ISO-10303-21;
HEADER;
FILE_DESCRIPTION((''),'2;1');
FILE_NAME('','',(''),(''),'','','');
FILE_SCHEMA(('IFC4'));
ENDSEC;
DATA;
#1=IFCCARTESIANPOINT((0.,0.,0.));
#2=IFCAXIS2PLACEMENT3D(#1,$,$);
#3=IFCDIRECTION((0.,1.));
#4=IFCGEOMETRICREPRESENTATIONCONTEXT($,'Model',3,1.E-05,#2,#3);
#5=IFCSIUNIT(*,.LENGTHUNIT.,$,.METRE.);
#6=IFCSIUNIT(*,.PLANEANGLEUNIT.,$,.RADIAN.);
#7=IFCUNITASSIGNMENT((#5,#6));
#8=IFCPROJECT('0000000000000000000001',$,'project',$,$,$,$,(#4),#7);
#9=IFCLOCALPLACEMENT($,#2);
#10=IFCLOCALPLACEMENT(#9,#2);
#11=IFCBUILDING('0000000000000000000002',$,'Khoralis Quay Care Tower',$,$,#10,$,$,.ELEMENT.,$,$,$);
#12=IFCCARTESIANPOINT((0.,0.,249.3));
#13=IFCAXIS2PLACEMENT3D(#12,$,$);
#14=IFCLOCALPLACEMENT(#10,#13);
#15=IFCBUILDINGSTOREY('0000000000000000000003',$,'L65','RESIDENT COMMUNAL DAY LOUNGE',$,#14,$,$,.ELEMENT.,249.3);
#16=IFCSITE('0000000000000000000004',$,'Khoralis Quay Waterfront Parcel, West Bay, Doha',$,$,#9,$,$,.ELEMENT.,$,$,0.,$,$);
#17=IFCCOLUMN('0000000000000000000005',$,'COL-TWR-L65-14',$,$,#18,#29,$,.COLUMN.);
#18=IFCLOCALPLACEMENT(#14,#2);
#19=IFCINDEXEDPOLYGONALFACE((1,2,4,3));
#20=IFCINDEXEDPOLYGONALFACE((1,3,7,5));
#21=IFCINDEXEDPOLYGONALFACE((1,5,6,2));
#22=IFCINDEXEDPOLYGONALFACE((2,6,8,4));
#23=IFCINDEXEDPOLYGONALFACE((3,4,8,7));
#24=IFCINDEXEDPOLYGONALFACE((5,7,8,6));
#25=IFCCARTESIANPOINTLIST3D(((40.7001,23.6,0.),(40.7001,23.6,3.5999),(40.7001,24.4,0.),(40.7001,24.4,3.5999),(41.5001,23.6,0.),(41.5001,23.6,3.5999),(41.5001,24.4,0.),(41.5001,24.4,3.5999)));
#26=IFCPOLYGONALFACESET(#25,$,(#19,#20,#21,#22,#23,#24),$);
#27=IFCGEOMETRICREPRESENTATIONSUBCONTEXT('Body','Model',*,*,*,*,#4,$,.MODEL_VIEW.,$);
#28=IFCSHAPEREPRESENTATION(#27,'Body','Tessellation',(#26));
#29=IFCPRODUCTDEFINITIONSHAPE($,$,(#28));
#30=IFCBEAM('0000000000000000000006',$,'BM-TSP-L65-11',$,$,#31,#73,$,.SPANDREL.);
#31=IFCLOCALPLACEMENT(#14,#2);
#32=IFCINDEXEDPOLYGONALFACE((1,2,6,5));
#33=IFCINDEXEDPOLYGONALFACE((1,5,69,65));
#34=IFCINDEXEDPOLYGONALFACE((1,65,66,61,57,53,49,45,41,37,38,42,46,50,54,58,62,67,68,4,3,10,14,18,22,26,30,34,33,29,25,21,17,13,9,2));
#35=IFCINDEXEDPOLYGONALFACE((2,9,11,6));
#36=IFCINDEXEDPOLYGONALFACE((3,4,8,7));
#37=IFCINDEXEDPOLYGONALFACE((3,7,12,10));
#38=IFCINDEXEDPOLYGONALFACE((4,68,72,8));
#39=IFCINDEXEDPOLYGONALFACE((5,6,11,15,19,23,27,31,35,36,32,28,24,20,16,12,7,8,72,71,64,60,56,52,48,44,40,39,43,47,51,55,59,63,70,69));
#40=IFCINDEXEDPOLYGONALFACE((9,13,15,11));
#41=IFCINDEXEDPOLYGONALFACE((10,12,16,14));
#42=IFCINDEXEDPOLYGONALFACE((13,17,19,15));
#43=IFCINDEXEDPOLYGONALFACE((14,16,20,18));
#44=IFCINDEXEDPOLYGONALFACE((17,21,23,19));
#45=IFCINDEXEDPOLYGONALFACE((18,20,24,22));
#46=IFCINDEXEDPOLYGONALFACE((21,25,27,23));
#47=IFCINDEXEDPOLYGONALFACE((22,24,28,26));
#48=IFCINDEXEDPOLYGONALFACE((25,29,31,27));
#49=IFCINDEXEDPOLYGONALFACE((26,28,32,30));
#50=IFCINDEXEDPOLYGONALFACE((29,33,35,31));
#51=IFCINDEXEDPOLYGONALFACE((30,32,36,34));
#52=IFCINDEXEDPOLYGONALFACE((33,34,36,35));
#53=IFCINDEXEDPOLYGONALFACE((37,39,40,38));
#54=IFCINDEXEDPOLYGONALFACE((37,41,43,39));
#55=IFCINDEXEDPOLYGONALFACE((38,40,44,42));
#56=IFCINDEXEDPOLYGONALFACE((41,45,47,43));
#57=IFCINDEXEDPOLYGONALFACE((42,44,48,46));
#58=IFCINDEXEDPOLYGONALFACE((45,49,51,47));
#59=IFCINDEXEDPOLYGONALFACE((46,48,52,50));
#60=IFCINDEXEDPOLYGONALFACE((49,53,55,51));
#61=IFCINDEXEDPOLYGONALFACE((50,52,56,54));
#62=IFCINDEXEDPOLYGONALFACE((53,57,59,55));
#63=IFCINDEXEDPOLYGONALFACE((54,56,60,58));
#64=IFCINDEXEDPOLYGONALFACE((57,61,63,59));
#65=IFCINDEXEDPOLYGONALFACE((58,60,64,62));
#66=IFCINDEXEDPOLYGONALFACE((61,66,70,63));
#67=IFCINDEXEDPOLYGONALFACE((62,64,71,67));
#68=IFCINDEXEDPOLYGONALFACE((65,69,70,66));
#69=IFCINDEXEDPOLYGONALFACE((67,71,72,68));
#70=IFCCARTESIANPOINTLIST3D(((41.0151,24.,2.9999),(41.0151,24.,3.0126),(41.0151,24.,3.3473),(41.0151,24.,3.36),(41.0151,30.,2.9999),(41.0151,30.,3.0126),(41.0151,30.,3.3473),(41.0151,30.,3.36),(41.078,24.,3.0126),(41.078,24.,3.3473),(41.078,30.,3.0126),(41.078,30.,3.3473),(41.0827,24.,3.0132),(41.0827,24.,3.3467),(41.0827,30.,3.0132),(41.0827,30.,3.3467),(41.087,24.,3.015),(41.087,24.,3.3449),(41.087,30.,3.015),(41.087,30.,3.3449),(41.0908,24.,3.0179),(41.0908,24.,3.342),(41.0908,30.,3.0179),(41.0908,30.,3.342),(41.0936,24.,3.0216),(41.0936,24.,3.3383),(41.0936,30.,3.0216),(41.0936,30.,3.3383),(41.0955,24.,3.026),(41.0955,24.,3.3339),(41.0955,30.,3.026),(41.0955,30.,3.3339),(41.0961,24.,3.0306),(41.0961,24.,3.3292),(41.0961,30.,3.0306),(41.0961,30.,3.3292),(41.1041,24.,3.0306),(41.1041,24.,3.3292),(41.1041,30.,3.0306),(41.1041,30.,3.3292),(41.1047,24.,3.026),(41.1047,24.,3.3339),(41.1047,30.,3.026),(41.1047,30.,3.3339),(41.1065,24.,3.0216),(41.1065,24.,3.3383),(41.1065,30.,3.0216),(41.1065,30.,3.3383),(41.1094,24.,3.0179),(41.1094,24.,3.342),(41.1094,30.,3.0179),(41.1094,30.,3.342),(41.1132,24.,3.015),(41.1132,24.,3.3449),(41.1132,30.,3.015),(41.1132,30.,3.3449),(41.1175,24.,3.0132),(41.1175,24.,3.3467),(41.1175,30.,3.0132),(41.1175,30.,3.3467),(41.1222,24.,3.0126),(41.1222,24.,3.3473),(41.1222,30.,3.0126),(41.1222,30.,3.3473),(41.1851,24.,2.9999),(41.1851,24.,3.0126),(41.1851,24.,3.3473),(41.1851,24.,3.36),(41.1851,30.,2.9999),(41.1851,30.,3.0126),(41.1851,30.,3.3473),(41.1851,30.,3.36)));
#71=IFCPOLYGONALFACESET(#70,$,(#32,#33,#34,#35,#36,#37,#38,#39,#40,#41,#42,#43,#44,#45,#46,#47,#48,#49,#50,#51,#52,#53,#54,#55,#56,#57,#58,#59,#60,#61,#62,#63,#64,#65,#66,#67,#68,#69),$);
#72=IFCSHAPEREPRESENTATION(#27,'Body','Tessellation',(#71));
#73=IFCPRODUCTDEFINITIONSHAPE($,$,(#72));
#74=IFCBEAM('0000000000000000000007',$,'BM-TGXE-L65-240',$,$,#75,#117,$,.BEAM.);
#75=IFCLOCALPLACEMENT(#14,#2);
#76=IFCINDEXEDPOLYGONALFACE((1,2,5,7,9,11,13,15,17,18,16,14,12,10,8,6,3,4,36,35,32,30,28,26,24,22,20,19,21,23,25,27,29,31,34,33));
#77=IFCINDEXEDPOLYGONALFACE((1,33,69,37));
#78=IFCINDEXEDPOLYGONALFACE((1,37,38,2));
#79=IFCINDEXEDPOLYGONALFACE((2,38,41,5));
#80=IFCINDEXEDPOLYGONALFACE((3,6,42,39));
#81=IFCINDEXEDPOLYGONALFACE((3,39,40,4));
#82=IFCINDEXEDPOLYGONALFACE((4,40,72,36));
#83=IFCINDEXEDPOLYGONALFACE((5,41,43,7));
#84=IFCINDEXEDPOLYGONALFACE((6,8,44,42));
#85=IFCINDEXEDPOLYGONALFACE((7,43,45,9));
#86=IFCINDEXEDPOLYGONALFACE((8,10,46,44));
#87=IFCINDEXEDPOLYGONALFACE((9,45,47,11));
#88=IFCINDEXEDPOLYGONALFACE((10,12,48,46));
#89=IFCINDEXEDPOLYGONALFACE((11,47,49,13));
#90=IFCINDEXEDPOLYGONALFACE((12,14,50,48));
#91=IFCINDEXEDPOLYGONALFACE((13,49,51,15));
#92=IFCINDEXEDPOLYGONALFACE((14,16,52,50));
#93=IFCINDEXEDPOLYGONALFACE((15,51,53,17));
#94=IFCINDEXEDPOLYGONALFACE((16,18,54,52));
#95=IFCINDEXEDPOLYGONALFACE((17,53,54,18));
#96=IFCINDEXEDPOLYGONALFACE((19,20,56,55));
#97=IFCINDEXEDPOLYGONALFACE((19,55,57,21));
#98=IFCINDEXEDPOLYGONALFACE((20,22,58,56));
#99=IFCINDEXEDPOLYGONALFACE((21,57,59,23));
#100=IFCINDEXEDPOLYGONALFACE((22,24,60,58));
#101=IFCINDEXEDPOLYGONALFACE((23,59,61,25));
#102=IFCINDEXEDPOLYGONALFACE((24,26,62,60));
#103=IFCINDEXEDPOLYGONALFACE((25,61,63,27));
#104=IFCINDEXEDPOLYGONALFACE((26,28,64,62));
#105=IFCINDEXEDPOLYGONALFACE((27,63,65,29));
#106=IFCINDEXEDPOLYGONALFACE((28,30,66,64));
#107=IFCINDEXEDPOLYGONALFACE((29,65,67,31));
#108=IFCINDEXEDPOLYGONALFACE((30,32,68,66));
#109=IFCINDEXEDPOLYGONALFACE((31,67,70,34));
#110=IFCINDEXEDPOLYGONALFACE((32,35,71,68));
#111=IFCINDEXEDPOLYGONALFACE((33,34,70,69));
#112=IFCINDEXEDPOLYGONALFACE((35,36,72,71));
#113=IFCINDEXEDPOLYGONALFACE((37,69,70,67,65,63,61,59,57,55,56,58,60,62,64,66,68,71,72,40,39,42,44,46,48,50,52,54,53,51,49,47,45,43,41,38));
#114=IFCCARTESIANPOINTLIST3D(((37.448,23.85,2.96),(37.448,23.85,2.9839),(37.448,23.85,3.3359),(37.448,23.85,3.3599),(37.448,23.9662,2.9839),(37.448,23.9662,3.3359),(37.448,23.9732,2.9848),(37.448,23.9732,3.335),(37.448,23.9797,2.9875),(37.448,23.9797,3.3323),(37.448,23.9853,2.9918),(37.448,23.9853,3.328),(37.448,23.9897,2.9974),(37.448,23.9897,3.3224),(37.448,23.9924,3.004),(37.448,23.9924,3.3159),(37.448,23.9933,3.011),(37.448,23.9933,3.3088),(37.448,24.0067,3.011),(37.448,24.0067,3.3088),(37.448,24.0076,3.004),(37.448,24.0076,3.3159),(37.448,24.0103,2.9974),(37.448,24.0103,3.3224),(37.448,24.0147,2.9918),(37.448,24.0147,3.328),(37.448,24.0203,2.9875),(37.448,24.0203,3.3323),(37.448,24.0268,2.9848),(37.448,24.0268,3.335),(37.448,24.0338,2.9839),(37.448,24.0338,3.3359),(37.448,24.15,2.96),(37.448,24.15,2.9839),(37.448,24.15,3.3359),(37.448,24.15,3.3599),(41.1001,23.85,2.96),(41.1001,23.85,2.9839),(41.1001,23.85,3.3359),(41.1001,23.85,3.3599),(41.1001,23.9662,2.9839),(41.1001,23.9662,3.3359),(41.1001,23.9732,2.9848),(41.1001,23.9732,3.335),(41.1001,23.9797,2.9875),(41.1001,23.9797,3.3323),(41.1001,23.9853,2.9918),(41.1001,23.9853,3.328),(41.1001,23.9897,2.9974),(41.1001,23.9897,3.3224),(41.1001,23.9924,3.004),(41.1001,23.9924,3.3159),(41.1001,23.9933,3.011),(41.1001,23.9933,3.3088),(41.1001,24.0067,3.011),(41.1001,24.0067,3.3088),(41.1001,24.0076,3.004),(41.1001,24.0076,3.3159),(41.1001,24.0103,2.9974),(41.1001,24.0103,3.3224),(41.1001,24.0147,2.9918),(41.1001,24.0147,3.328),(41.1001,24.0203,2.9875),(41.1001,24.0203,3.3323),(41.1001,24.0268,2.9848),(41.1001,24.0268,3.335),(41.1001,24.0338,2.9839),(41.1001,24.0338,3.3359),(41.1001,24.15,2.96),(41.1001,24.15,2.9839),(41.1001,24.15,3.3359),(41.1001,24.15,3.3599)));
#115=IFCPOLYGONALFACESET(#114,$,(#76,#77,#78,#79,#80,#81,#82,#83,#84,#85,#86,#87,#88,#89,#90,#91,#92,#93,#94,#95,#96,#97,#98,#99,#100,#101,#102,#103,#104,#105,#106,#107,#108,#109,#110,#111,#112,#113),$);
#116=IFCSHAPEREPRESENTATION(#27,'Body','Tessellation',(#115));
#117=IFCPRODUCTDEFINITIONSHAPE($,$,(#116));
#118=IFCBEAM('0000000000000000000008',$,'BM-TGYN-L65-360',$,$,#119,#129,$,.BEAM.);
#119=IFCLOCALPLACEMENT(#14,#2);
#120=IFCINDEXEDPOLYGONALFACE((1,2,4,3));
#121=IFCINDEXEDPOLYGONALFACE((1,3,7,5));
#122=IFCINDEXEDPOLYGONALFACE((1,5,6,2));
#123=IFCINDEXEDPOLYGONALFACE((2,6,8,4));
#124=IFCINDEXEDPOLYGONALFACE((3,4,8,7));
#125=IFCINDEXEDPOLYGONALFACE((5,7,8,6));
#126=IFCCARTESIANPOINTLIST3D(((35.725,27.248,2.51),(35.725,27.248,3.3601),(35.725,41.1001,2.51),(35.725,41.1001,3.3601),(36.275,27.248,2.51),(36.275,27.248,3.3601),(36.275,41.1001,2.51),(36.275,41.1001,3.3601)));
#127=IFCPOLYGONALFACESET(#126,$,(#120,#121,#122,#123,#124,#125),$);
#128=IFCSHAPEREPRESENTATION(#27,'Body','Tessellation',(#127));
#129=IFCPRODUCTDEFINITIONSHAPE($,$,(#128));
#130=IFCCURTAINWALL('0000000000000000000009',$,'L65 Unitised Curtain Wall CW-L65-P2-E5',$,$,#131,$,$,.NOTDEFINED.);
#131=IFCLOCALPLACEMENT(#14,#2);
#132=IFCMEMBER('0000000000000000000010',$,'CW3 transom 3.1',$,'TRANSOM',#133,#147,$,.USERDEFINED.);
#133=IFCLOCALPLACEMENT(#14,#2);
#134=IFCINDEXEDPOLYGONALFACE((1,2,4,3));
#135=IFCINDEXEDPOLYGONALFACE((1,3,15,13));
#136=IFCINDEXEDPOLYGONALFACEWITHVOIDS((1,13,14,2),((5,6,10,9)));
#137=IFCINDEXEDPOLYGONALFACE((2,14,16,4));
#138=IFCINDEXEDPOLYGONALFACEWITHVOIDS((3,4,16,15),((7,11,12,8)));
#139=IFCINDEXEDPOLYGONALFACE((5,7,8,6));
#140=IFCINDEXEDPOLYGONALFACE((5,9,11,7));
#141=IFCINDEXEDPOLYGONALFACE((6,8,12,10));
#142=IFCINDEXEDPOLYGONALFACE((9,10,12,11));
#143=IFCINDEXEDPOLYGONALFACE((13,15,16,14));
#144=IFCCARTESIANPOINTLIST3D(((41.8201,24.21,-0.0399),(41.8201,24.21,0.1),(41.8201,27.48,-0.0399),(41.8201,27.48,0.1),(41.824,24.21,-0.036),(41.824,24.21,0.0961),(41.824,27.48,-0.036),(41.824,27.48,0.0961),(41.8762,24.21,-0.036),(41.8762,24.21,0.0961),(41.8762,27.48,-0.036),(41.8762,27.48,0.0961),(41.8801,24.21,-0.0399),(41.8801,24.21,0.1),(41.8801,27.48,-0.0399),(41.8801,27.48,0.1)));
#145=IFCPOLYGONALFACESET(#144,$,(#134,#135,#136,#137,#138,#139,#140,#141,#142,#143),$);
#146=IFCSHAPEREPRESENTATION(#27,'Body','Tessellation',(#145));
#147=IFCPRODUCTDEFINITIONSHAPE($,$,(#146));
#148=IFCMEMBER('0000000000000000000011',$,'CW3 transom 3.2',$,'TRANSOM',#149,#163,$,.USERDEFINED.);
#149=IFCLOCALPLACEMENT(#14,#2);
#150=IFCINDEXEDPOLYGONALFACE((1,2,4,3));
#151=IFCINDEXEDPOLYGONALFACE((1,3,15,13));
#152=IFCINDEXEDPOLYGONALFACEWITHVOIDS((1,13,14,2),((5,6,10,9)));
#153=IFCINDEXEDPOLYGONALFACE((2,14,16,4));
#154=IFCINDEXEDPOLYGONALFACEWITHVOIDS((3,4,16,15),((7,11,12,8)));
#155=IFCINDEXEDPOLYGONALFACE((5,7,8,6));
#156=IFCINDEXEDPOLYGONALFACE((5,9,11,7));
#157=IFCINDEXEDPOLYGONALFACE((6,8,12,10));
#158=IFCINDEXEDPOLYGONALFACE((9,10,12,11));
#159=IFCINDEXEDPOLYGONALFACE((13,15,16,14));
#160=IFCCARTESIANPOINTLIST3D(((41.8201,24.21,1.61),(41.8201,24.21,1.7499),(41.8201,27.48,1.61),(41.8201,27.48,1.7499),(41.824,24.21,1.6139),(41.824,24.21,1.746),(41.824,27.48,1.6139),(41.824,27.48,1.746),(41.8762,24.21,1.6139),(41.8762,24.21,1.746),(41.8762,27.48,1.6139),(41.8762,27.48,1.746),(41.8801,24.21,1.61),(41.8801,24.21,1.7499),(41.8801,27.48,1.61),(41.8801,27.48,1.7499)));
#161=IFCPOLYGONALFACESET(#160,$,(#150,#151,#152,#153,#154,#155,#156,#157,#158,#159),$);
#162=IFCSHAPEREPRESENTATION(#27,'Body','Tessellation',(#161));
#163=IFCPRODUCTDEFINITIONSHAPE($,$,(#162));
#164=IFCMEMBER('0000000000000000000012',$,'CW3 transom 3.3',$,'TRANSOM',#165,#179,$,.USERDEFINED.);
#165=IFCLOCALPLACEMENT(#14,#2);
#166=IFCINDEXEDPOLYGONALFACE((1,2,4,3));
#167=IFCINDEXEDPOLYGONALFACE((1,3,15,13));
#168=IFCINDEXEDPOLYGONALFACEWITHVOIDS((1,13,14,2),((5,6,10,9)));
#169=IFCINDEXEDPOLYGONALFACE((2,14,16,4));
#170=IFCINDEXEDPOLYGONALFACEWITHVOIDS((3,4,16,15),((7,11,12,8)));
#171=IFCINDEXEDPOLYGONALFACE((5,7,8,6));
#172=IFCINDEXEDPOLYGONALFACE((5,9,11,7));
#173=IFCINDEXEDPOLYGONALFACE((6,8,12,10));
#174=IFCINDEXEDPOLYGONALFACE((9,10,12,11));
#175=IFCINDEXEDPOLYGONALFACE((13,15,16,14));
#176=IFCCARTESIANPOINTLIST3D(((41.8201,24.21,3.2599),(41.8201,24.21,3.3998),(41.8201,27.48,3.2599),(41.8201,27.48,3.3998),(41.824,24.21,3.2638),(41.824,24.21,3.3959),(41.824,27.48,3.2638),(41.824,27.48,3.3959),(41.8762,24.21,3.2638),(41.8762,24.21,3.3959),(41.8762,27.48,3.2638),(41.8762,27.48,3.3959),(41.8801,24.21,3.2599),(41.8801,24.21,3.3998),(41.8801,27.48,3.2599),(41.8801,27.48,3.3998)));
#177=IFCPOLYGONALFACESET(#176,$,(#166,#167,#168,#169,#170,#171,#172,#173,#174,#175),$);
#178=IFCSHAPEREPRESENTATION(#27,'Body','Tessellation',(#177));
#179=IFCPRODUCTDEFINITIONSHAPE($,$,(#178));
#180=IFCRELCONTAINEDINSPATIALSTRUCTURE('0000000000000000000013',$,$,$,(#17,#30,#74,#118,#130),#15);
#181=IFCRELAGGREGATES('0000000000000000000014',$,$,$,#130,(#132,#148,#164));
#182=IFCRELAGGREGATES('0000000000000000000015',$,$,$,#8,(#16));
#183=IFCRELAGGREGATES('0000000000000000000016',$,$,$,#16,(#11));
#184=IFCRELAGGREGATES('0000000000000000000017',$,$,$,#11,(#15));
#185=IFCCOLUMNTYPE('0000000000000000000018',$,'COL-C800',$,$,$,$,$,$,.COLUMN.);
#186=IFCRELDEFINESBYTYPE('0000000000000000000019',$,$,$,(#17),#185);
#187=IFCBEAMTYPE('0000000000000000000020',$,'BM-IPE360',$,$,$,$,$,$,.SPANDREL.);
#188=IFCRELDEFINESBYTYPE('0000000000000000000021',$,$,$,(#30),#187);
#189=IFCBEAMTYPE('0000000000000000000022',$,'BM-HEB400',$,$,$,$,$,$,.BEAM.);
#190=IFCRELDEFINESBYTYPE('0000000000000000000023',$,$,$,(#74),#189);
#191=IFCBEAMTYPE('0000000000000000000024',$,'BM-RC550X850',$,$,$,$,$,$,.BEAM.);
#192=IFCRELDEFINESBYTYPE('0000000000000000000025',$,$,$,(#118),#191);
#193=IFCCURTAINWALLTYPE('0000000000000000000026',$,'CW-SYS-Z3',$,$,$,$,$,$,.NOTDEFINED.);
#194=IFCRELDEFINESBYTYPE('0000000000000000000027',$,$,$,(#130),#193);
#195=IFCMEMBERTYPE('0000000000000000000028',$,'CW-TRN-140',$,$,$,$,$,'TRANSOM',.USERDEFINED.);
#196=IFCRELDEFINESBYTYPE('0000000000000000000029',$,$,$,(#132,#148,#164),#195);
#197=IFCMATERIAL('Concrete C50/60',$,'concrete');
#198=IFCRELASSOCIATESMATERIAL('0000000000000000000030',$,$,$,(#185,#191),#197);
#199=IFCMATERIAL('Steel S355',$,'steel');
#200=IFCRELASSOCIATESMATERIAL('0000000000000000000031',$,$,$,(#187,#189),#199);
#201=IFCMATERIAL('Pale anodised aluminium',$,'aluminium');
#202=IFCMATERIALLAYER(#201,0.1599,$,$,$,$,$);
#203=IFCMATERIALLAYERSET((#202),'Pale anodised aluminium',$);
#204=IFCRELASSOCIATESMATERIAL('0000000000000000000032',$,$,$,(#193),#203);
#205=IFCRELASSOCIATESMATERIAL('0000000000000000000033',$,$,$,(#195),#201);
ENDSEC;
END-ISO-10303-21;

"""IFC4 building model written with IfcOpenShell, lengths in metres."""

from ifc_helpers import new_model, si_unit, direction, frame, origin, origin_2d, place, context, subcontext, project, spatial, rectangle, hollow_rectangle, i_section, extrude, source, transform, mapped, material, layer, layer_set, material_profile, profile_set, type_object, element, aggregate, save


model = new_model("IFC4")

# Units and contexts
model_context = context("Model", 3, precision=1e-05, world=origin(), true_north=direction((0.0, 1.0)))
body_context = subcontext(model_context, "Body", "Model", "MODEL_VIEW")
ifc_project = project(units=[si_unit("LENGTHUNIT", "METRE"), si_unit("PLANEANGLEUNIT", "RADIAN")], contexts=[model_context])

# Site, building, storey
site_placement = place(None, origin())
site = spatial("IfcSite", under=ifc_project, at=site_placement, Name="Khoralis Quay Waterfront Parcel, West Bay, Doha", CompositionType="ELEMENT", RefElevation=0.0)
building_placement = place(site_placement, origin())
building = spatial("IfcBuilding", under=site, at=building_placement, Name="Khoralis Quay Care Tower", CompositionType="ELEMENT")
storey_placement = place(building_placement, frame((0.0, 0.0, 249.3)))
storey = spatial("IfcBuildingStorey", under=building, at=storey_placement, Name="L65", Description="RESIDENT COMMUNAL DAY LOUNGE", CompositionType="ELEMENT", Elevation=249.3)

# Column
ifc_material_1 = material(Name="Concrete C50/60", Category="concrete")
ifc_material_profile_1 = material_profile(ifc_material_1, rectangle(XDim=0.8, YDim=0.8, at=origin_2d()), Name="Concrete C50/60")
ifc_profile_set_1 = profile_set([ifc_material_profile_1], Name="Concrete C50/60")
column_type = type_object("IfcColumnType", Name="COL-C800", PredefinedType="COLUMN", material=ifc_profile_set_1)
shared_shape_1 = source(origin(), body_context, "Body", "SweptSolid", [
    extrude(rectangle(XDim=0.8, YDim=0.8, at=origin_2d()), origin(), (0.0, 0.0, 1.0), 3.5999),
])
column_placement = place(storey_placement, frame((41.1001, 24.0, 0.0), z_axis=(0.0, 0.0, 1.0), x_axis=(1.0, 0.0, 0.0)))
element("IfcColumn", 1, at=column_placement, inside=storey, type_object=column_type, Name="COL-TWR-L65-14", PredefinedType="COLUMN", context=body_context, shape_type="MappedRepresentation", body=[
    mapped(shared_shape_1, transform((0.0, 0.0, 0.0), scale=1.0)),
])

# Beams
ifc_material_2 = material(Name="Steel S355", Category="steel")
ifc_material_profile_2 = material_profile(ifc_material_2, i_section(OverallWidth=0.1699, OverallDepth=0.3601, WebThickness=0.0081, FlangeThickness=0.0127, FilletRadius=0.0181, at=origin_2d()), Name="Steel S355")
ifc_profile_set_2 = profile_set([ifc_material_profile_2], Name="Steel S355")
beam_type_1 = type_object("IfcBeamType", Name="BM-IPE360", PredefinedType="SPANDREL", material=ifc_profile_set_2)
shared_shape_2 = source(origin(), body_context, "Body", "SweptSolid", [
    extrude(i_section(OverallWidth=0.1699, OverallDepth=0.3601, WebThickness=0.0081, FlangeThickness=0.0127, FilletRadius=0.0181, at=origin_2d()), origin(), (0.0, 0.0, 1.0), 6.0),
])
beam_1_placement = place(storey_placement, frame((41.1001, 24.0, 3.1799), z_axis=(0.0, 1.0, 0.0), x_axis=(-1.0, 0.0, 0.0)))
element("IfcBeam", 2, at=beam_1_placement, inside=storey, type_object=beam_type_1, Name="BM-TSP-L65-11", PredefinedType="SPANDREL", context=body_context, shape_type="MappedRepresentation", body=[
    mapped(shared_shape_2, transform((0.0, 0.0, 0.0), scale=1.0)),
])
ifc_material_profile_3 = material_profile(ifc_material_2, i_section(OverallWidth=0.3, OverallDepth=0.3999, WebThickness=0.0134, FlangeThickness=0.0239, FilletRadius=0.0271, at=origin_2d()), Name="Steel S355")
ifc_profile_set_3 = profile_set([ifc_material_profile_3], Name="Steel S355")
beam_type_2 = type_object("IfcBeamType", Name="BM-HEB400", PredefinedType="BEAM", material=ifc_profile_set_3)
shared_shape_3 = source(origin(), body_context, "Body", "SweptSolid", [
    extrude(i_section(OverallWidth=0.3, OverallDepth=0.3999, WebThickness=0.0134, FlangeThickness=0.0239, FilletRadius=0.0271, at=origin_2d()), origin(), (0.0, 0.0, 1.0), 3.6521),
])
beam_2_placement = place(storey_placement, frame((37.448, 24.0, 3.1599), z_axis=(1.0, 0.0, 0.0), x_axis=(0.0, 1.0, 0.0)))
element("IfcBeam", 3, at=beam_2_placement, inside=storey, type_object=beam_type_2, Name="BM-TGXE-L65-240", PredefinedType="BEAM", context=body_context, shape_type="MappedRepresentation", body=[
    mapped(shared_shape_3, transform((0.0, 0.0, 0.0), scale=1.0)),
])
ifc_material_profile_4 = material_profile(ifc_material_1, rectangle(XDim=0.55, YDim=0.8501, at=origin_2d()), Name="Concrete C50/60")
ifc_profile_set_4 = profile_set([ifc_material_profile_4], Name="Concrete C50/60")
beam_type_3 = type_object("IfcBeamType", Name="BM-RC550X850", PredefinedType="BEAM", material=ifc_profile_set_4)
shared_shape_4 = source(origin(), body_context, "Body", "SweptSolid", [
    extrude(rectangle(XDim=0.55, YDim=0.8501, at=origin_2d()), origin(), (0.0, 0.0, 1.0), 13.8521),
])
beam_3_placement = place(storey_placement, frame((36.0, 27.248, 2.9351), z_axis=(0.0, 1.0, 0.0), x_axis=(-1.0, 0.0, 0.0)))
element("IfcBeam", 4, at=beam_3_placement, inside=storey, type_object=beam_type_3, Name="BM-TGYN-L65-360", PredefinedType="BEAM", context=body_context, shape_type="MappedRepresentation", body=[
    mapped(shared_shape_4, transform((0.0, 0.0, 0.0), scale=1.0)),
])

# Curtain wall, members
ifc_material_3 = material(Name="Pale anodised aluminium", Category="aluminium")
ifc_layer_1 = layer(ifc_material_3, 0.1599)
ifc_layer_set_1 = layer_set([ifc_layer_1], Name="Pale anodised aluminium")
curtain_wall_type = type_object("IfcCurtainWallType", Name="CW-SYS-Z3", PredefinedType="NOTDEFINED", material=ifc_layer_set_1)
curtain_wall_placement = place(storey_placement, origin())
curtain_wall = element("IfcCurtainWall", 5, at=curtain_wall_placement, inside=storey, type_object=curtain_wall_type, Name="L65 Unitised Curtain Wall CW-L65-P2-E5", PredefinedType="NOTDEFINED")
ifc_material_profile_5 = material_profile(ifc_material_3, hollow_rectangle(XDim=0.0601, YDim=0.1399, WallThickness=0.0039, at=origin_2d()), Name="Pale anodised aluminium")
ifc_profile_set_5 = profile_set([ifc_material_profile_5], Name="Pale anodised aluminium")
member_type_1 = type_object("IfcMemberType", Name="CW-TRN-140", ElementType="TRANSOM", PredefinedType="USERDEFINED", material=ifc_profile_set_5)
shared_shape_5 = source(origin(), body_context, "Body", "SweptSolid", [
    extrude(hollow_rectangle(XDim=0.0601, YDim=0.1399, WallThickness=0.0039, at=origin_2d()), origin(), (0.0, 0.0, 1.0), 3.27),
])
member_1_placement = place(storey_placement, frame((41.8501, 24.21, 0.03), z_axis=(0.0, 1.0, 0.0), x_axis=(-1.0, 0.0, 0.0)))
member_1 = element("IfcMember", 6, at=member_1_placement, type_object=member_type_1, Name="CW3 transom 3.1", ObjectType="TRANSOM", PredefinedType="USERDEFINED", context=body_context, shape_type="MappedRepresentation", body=[
    mapped(shared_shape_5, transform((0.0, 0.0, 0.0), scale=1.0)),
])
member_2_placement = place(storey_placement, frame((41.8501, 24.21, 1.6799), z_axis=(0.0, 1.0, 0.0), x_axis=(-1.0, 0.0, 0.0)))
member_2 = element("IfcMember", 7, at=member_2_placement, type_object=member_type_1, Name="CW3 transom 3.2", ObjectType="TRANSOM", PredefinedType="USERDEFINED", context=body_context, shape_type="MappedRepresentation", body=[
    mapped(shared_shape_5, transform((0.0, 0.0, 0.0), scale=1.0)),
])
member_3_placement = place(storey_placement, frame((41.8501, 24.21, 3.3298), z_axis=(0.0, 1.0, 0.0), x_axis=(-1.0, 0.0, 0.0)))
member_3 = element("IfcMember", 8, at=member_3_placement, type_object=member_type_1, Name="CW3 transom 3.3", ObjectType="TRANSOM", PredefinedType="USERDEFINED", context=body_context, shape_type="MappedRepresentation", body=[
    mapped(shared_shape_5, transform((0.0, 0.0, 0.0), scale=1.0)),
])
aggregate(curtain_wall, [member_1, member_2, member_3])

save(model, "model.ifc")
